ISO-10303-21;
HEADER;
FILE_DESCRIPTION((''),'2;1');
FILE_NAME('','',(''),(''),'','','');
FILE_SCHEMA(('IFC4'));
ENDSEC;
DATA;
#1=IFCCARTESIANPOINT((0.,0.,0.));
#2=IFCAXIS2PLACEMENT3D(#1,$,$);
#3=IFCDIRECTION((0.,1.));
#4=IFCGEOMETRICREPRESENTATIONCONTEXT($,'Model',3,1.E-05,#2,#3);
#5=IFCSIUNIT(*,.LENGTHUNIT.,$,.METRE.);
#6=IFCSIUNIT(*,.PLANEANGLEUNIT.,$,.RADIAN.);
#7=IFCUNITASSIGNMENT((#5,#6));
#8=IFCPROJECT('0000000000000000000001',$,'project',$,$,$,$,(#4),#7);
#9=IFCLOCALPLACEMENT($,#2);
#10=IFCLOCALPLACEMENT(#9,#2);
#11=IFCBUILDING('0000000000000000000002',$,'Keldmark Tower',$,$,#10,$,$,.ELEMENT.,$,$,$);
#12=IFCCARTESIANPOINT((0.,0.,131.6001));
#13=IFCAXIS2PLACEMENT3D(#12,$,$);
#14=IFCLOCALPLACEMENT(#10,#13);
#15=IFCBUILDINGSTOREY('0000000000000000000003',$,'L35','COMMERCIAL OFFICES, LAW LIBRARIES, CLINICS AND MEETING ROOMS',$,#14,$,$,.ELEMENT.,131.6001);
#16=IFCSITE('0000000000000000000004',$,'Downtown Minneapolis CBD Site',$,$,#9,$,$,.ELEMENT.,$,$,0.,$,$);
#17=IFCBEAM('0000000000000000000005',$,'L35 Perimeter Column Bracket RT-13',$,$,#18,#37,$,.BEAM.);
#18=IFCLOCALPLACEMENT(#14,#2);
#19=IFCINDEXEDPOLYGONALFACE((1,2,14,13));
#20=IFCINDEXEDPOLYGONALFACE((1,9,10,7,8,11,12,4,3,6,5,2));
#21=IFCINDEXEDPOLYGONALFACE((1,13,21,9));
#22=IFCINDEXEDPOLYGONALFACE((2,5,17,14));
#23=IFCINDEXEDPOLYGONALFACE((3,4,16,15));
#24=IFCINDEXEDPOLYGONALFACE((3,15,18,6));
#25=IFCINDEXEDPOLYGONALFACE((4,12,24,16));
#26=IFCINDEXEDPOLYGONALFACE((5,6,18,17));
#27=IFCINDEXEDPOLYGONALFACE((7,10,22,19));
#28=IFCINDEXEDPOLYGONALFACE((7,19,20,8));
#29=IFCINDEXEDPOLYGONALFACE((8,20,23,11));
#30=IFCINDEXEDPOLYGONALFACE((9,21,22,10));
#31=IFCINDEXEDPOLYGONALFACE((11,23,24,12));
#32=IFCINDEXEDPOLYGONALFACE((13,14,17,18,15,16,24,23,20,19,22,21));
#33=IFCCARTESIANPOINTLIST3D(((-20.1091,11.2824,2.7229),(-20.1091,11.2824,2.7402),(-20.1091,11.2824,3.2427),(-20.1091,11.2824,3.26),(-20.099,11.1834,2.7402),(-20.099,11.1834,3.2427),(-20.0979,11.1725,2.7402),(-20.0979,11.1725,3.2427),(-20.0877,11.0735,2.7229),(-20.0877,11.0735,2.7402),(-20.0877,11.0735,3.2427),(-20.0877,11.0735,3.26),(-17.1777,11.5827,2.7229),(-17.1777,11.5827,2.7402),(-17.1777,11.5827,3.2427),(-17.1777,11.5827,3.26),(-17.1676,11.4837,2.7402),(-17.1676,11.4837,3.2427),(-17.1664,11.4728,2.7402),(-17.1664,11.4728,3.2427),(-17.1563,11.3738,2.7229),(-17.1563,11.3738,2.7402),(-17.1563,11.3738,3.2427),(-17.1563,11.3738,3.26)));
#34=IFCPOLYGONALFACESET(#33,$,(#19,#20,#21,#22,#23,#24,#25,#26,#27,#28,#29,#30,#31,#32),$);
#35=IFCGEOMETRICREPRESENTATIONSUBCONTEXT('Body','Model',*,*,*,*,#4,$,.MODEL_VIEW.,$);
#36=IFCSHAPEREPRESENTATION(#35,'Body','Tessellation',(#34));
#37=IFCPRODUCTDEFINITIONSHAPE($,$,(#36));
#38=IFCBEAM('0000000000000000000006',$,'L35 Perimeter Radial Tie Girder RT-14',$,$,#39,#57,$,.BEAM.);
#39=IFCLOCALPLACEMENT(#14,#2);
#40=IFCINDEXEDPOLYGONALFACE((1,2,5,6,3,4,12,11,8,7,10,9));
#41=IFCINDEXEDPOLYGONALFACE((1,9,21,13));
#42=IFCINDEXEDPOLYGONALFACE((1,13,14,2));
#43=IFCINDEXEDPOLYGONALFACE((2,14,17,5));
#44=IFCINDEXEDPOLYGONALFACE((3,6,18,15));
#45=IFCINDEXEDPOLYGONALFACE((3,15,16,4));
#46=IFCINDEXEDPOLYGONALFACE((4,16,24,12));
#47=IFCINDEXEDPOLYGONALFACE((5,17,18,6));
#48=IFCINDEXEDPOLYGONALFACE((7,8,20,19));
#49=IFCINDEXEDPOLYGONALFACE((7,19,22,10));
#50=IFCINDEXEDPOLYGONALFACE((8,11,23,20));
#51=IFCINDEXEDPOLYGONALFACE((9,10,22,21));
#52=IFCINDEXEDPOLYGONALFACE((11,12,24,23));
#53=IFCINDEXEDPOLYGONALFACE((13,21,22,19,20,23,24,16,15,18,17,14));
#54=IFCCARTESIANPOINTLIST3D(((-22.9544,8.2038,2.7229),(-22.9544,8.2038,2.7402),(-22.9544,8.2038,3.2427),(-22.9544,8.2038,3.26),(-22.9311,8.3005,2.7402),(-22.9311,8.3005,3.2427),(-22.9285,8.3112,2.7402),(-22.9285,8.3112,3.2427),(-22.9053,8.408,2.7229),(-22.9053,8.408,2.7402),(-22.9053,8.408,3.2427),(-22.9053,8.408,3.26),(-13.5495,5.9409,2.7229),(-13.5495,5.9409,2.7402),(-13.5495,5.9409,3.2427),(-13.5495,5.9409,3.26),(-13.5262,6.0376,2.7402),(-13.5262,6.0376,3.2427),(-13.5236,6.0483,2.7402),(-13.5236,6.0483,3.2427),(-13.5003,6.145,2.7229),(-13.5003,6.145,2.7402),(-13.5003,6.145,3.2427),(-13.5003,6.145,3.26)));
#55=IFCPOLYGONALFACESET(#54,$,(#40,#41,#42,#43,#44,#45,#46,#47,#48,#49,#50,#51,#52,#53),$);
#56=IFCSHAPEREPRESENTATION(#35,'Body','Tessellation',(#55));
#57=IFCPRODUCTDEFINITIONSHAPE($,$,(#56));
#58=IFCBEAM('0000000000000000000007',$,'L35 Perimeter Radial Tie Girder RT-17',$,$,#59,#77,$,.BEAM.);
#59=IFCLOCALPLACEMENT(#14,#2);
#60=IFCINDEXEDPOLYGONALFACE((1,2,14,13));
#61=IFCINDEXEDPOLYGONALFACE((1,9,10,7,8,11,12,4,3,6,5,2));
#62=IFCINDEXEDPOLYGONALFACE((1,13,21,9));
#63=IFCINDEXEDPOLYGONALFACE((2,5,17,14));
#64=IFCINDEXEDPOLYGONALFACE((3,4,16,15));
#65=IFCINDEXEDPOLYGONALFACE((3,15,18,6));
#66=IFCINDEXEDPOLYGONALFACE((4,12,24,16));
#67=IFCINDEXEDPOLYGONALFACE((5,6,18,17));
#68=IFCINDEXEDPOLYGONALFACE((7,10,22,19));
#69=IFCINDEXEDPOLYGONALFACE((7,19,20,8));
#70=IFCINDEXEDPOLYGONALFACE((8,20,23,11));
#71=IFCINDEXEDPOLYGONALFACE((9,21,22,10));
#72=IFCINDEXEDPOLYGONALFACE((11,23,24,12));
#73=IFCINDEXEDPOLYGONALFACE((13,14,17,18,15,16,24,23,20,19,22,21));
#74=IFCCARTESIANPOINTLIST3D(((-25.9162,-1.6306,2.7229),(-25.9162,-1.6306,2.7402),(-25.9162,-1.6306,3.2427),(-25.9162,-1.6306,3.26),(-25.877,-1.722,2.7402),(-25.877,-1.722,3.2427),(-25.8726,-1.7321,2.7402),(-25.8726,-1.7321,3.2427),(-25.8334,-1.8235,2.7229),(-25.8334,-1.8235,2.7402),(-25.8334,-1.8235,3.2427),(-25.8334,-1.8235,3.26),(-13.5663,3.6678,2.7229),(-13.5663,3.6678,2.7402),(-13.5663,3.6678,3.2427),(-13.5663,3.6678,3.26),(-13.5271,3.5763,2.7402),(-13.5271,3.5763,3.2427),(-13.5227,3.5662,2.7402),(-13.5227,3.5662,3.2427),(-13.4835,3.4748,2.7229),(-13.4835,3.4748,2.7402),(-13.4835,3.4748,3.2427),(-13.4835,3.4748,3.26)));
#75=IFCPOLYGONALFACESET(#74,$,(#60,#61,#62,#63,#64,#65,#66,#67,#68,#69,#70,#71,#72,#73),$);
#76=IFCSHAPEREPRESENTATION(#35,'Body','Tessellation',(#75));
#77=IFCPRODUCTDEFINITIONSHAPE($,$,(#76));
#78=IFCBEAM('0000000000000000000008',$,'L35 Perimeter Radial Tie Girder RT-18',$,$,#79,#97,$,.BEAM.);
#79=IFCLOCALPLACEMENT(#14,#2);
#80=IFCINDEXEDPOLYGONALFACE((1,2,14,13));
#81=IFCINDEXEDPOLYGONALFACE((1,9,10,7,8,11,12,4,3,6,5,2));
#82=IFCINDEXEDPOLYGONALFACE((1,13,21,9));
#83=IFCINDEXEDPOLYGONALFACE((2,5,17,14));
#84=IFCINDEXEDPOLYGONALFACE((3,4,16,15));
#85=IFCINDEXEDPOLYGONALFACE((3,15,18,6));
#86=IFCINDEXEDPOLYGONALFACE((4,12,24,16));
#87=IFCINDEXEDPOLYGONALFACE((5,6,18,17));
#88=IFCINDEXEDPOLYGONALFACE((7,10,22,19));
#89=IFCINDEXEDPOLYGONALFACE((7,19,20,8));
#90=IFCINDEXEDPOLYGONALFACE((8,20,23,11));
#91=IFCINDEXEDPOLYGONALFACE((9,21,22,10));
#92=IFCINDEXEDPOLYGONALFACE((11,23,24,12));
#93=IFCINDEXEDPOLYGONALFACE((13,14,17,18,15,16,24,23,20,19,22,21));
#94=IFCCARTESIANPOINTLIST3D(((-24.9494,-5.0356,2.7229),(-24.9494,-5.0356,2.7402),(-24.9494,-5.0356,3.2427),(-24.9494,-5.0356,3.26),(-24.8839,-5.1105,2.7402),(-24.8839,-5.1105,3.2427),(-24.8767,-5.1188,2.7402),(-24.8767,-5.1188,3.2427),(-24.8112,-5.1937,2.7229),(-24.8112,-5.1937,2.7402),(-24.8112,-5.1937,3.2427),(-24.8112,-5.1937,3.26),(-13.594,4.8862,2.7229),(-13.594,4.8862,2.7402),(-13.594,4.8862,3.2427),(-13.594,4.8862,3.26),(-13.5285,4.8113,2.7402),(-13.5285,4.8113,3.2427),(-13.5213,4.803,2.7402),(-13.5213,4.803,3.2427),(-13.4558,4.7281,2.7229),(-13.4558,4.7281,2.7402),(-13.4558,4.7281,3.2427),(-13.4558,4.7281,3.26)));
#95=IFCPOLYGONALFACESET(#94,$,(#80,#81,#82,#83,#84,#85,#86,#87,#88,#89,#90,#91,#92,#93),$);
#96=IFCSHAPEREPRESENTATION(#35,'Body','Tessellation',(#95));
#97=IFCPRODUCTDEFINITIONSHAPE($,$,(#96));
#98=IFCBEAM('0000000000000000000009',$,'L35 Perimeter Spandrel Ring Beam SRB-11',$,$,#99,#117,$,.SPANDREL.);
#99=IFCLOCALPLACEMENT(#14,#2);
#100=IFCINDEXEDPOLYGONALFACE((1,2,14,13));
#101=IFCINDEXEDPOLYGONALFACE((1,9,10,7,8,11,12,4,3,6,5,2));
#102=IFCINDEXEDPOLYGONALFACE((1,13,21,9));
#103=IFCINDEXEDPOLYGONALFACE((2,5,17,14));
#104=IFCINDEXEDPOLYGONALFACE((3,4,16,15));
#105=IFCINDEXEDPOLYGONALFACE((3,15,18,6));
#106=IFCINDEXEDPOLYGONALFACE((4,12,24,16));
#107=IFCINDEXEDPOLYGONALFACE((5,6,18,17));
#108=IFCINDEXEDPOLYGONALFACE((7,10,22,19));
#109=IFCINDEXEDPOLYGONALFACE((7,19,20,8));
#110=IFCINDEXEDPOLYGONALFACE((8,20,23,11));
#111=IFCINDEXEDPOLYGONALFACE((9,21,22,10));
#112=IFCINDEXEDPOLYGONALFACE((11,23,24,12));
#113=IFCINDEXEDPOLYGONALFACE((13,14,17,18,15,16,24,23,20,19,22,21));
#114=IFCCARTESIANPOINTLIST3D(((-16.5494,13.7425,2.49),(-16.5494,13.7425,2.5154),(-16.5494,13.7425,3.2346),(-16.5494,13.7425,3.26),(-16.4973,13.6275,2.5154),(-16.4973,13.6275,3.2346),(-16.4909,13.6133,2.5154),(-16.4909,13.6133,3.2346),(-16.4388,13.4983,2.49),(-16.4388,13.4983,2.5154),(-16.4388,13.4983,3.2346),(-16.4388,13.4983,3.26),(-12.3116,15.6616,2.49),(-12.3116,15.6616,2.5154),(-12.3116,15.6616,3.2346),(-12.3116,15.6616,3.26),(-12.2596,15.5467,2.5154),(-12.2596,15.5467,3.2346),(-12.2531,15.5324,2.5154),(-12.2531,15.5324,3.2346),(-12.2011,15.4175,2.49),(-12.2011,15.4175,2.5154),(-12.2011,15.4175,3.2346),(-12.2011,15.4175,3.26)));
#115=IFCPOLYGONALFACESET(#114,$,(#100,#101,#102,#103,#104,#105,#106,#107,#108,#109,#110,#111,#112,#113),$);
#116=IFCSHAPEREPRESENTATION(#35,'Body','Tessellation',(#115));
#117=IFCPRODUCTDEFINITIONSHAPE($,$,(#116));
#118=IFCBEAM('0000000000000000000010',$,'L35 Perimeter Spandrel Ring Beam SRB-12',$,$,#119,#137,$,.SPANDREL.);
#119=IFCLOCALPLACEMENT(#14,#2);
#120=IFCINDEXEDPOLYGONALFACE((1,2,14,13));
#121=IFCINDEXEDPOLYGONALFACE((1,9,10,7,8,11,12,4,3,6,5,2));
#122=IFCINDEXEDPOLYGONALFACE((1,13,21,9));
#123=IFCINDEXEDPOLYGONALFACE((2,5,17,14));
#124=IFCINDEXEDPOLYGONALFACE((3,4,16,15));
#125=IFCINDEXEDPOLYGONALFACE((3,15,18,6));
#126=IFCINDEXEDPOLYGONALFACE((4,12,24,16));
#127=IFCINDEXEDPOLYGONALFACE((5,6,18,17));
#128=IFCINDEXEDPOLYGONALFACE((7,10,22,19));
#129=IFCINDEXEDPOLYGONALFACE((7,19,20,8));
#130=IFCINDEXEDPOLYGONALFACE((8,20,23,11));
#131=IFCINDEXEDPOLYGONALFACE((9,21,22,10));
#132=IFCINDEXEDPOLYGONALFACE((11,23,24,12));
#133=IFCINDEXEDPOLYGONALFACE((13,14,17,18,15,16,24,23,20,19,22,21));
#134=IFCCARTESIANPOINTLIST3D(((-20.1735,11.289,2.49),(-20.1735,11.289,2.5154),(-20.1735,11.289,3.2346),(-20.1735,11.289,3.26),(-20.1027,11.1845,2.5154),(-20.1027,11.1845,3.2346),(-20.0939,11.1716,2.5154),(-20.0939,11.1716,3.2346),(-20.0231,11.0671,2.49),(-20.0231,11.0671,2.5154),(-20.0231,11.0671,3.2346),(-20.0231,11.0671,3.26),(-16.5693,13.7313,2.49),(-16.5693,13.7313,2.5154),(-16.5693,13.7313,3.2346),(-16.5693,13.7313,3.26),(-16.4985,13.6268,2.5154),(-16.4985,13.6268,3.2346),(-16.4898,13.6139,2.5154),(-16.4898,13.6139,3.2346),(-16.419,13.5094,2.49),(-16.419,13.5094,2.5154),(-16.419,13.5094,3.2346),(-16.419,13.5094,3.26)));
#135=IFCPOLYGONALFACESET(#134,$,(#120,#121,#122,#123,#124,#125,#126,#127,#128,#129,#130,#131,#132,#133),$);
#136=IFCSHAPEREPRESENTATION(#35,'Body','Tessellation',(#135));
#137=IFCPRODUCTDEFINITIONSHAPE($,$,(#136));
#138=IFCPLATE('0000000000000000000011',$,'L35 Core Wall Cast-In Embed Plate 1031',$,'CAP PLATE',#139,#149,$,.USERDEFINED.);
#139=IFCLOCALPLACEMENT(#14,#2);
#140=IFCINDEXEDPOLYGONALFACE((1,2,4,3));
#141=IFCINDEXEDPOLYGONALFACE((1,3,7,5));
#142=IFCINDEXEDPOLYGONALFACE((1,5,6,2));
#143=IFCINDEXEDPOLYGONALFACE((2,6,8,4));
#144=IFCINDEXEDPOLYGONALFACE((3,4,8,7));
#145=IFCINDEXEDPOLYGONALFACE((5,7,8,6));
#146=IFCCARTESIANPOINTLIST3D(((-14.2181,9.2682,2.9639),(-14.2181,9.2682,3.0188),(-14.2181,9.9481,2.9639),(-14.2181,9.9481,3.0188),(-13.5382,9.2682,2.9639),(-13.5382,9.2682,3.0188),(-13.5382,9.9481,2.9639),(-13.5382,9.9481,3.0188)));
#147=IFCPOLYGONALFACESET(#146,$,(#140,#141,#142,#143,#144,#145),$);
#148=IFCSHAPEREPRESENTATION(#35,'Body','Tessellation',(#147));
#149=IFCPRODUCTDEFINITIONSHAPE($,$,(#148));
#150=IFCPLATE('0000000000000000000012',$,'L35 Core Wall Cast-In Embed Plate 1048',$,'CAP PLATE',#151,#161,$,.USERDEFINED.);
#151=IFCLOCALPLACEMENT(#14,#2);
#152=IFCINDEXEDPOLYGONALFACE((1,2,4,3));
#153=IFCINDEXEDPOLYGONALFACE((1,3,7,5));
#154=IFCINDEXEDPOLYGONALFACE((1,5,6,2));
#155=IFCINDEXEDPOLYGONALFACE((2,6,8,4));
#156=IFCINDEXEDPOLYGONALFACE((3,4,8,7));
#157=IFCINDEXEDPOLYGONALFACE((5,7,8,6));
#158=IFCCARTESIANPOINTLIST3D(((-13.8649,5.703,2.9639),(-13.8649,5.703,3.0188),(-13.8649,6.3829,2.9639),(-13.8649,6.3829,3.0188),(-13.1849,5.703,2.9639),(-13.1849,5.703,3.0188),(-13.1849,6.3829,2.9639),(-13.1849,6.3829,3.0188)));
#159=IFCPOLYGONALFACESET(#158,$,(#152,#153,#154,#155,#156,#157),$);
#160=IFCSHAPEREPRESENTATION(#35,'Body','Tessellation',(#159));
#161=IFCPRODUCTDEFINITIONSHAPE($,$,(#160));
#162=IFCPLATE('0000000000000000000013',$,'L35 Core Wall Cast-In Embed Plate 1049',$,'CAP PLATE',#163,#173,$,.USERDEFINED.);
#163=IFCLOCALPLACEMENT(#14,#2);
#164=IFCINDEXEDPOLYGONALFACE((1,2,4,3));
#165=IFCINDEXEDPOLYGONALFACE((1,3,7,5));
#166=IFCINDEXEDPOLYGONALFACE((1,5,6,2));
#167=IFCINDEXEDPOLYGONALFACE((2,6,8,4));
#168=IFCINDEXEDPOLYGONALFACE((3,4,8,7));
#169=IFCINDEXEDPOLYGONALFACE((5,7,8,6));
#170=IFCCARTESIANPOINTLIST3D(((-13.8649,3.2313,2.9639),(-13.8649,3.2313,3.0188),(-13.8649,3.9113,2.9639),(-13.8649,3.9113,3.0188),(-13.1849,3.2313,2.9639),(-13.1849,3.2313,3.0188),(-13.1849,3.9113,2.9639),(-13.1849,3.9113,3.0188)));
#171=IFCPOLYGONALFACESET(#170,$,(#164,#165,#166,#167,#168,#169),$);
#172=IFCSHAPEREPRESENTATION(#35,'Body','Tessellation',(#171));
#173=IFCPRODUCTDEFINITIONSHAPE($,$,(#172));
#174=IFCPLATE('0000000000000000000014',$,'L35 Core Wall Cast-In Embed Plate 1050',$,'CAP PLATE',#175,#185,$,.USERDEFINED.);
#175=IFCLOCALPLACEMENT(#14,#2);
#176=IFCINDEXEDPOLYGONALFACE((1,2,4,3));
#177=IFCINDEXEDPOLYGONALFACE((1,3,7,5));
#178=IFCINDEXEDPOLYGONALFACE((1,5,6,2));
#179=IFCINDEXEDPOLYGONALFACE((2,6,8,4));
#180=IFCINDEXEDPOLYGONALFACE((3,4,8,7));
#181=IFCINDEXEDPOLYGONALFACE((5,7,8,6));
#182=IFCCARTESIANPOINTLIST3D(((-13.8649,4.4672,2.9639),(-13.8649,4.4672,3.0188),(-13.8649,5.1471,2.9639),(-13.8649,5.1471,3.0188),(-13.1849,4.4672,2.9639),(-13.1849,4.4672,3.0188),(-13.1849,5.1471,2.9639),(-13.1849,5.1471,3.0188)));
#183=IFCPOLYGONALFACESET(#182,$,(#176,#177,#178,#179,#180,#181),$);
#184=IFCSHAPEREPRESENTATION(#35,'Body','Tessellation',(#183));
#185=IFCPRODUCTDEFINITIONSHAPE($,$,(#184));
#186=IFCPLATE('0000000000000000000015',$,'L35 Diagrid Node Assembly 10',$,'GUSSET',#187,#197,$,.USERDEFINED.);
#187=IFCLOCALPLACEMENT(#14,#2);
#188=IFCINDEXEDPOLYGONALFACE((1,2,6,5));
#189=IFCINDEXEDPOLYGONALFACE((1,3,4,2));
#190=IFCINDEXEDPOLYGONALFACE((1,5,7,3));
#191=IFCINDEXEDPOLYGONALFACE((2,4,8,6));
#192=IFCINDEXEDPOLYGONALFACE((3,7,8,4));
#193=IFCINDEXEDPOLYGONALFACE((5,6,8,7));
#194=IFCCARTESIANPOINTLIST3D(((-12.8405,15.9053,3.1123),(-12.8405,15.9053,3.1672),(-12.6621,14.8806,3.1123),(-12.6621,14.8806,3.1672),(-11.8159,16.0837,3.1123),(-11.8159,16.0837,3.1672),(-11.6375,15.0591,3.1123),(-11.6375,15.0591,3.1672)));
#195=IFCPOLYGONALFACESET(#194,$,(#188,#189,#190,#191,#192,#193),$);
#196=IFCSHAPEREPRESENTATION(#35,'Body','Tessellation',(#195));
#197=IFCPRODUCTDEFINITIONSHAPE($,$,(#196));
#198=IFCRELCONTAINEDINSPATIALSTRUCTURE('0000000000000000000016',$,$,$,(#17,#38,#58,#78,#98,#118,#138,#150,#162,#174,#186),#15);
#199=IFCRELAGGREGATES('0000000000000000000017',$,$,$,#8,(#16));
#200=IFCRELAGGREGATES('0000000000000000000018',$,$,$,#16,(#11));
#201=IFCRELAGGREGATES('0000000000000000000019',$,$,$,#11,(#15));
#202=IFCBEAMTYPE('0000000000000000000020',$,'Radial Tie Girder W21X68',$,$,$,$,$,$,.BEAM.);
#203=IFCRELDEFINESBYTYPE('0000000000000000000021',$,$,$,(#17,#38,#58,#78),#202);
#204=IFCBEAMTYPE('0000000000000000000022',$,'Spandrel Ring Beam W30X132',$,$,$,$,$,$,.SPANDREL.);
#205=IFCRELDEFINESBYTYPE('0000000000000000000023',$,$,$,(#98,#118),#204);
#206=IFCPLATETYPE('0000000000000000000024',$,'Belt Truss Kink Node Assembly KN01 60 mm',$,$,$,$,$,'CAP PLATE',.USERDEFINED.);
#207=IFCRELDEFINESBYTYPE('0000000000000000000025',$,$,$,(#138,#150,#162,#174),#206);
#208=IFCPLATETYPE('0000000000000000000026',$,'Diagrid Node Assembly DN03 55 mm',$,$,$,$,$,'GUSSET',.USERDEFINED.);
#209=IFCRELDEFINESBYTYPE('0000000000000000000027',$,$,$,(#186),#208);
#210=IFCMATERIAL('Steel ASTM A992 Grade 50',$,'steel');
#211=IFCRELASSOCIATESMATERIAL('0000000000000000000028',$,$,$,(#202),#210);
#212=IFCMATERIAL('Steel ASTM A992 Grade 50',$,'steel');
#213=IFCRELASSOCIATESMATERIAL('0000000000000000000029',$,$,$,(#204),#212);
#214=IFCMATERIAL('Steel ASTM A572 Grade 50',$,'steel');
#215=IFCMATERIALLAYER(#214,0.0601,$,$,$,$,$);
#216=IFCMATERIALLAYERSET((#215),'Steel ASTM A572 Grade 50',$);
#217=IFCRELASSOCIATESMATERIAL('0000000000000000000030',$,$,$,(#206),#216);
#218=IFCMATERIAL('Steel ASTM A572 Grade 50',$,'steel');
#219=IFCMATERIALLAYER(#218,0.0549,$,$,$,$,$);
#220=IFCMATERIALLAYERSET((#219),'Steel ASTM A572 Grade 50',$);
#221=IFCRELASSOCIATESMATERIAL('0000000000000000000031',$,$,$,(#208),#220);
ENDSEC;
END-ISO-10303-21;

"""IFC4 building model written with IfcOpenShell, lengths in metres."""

from ifc_helpers import new_model, si_unit, direction, frame, origin, origin_2d, place, context, subcontext, project, spatial, rectangle, i_section, extrude, material, layer, layer_set, material_profile, profile_set, type_object, element, save


model = new_model("IFC4")

# Units and contexts
model_context = context("Model", 3, precision=1e-05, world=origin(), true_north=direction((0.0, 1.0)))
body_context = subcontext(model_context, "Body", "Model", "MODEL_VIEW")
ifc_project = project(units=[si_unit("LENGTHUNIT", "METRE"), si_unit("PLANEANGLEUNIT", "RADIAN")], contexts=[model_context])

# Site, building, storey
site_placement = place(None, origin())
site = spatial("IfcSite", under=ifc_project, at=site_placement, Name="Downtown Minneapolis CBD Site", CompositionType="ELEMENT", RefElevation=0.0)
building_placement = place(site_placement, origin())
building = spatial("IfcBuilding", under=site, at=building_placement, Name="Keldmark Tower", CompositionType="ELEMENT")
storey_placement = place(building_placement, frame((0.0, 0.0, 131.6001)))
storey = spatial("IfcBuildingStorey", under=building, at=storey_placement, Name="L35", Description="COMMERCIAL OFFICES, LAW LIBRARIES, CLINICS AND MEETING ROOMS", CompositionType="ELEMENT", Elevation=131.6001)

# Beams
ifc_material_1 = material(Name="Steel ASTM A992 Grade 50", Category="steel")
ifc_material_profile_1 = material_profile(ifc_material_1, i_section(OverallWidth=0.21, OverallDepth=0.5371, WebThickness=0.011, FlangeThickness=0.0173, at=origin_2d()), Name="W21X68")
ifc_profile_set_1 = profile_set([ifc_material_profile_1], Name="Steel ASTM A992 Grade 50")
beam_type_1 = type_object("IfcBeamType", Name="Radial Tie Girder W21X68", PredefinedType="BEAM", material=ifc_profile_set_1)
beam_1_placement = place(storey_placement, frame((-17.167, 11.4783, 2.9915), z_axis=(-0.994794, -0.101907, 0.0), x_axis=(0.101907, -0.994794, 0.0)))
element("IfcBeam", 1, at=beam_1_placement, inside=storey, type_object=beam_type_1, Name="L35 Perimeter Column Bracket RT-13", PredefinedType="BEAM", context=body_context, shape_type="SweptSolid", body=[
    extrude(i_section(OverallWidth=0.21, OverallDepth=0.5371, WebThickness=0.011, FlangeThickness=0.0173, at=origin_2d()), origin(), (0.0, 0.0, 1.0), 2.9468),
])
beam_2_placement = place(storey_placement, frame((-13.5249, 6.043, 2.9915), z_axis=(-0.972253, 0.233933, 0.0), x_axis=(-0.233933, -0.972253, 0.0)))
element("IfcBeam", 2, at=beam_2_placement, inside=storey, type_object=beam_type_1, Name="L35 Perimeter Radial Tie Girder RT-14", PredefinedType="BEAM", context=body_context, shape_type="SweptSolid", body=[
    extrude(i_section(OverallWidth=0.21, OverallDepth=0.5371, WebThickness=0.011, FlangeThickness=0.0173, at=origin_2d()), origin(), (0.0, 0.0, 1.0), 9.6733),
])
beam_3_placement = place(storey_placement, frame((-13.5249, 3.5713, 2.9915), z_axis=(-0.918996, -0.394268, 0.0), x_axis=(0.394268, -0.918996, 0.0)))
element("IfcBeam", 3, at=beam_3_placement, inside=storey, type_object=beam_type_1, Name="L35 Perimeter Radial Tie Girder RT-17", PredefinedType="BEAM", context=body_context, shape_type="SweptSolid", body=[
    extrude(i_section(OverallWidth=0.21, OverallDepth=0.5371, WebThickness=0.011, FlangeThickness=0.0173, at=origin_2d()), origin(), (0.0, 0.0, 1.0), 13.4385),
])
beam_4_placement = place(storey_placement, frame((-13.5249, 4.8071, 2.9915), z_axis=(-0.753042, -0.657973, 0.0), x_axis=(0.657973, -0.753042, 0.0)))
element("IfcBeam", 4, at=beam_4_placement, inside=storey, type_object=beam_type_1, Name="L35 Perimeter Radial Tie Girder RT-18", PredefinedType="BEAM", context=body_context, shape_type="SweptSolid", body=[
    extrude(i_section(OverallWidth=0.21, OverallDepth=0.5371, WebThickness=0.011, FlangeThickness=0.0173, at=origin_2d()), origin(), (0.0, 0.0, 1.0), 15.0793),
])
ifc_material_2 = material(Name="Steel ASTM A992 Grade 50", Category="steel")
ifc_material_profile_2 = material_profile(ifc_material_2, i_section(OverallWidth=0.2681, OverallDepth=0.77, WebThickness=0.0156, FlangeThickness=0.0254, at=origin_2d()), Name="W30X132")
ifc_profile_set_2 = profile_set([ifc_material_profile_2], Name="Steel ASTM A992 Grade 50")
beam_type_2 = type_object("IfcBeamType", Name="Spandrel Ring Beam W30X132", PredefinedType="SPANDREL", material=ifc_profile_set_2)
beam_5_placement = place(storey_placement, frame((-12.2563, 15.5396, 2.875), z_axis=(-0.910939, -0.412541, 0.0), x_axis=(0.412541, -0.910939, 0.0)))
element("IfcBeam", 5, at=beam_5_placement, inside=storey, type_object=beam_type_2, Name="L35 Perimeter Spandrel Ring Beam SRB-11", PredefinedType="SPANDREL", context=body_context, shape_type="SweptSolid", body=[
    extrude(i_section(OverallWidth=0.2681, OverallDepth=0.77, WebThickness=0.0156, FlangeThickness=0.0254, at=origin_2d()), origin(), (0.0, 0.0, 1.0), 4.6521),
])
beam_6_placement = place(storey_placement, frame((-16.4941, 13.6204, 2.875), z_axis=(-0.827834, -0.560973, 0.0), x_axis=(0.560973, -0.827834, 0.0)))
element("IfcBeam", 6, at=beam_6_placement, inside=storey, type_object=beam_type_2, Name="L35 Perimeter Spandrel Ring Beam SRB-12", PredefinedType="SPANDREL", context=body_context, shape_type="SweptSolid", body=[
    extrude(i_section(OverallWidth=0.2681, OverallDepth=0.77, WebThickness=0.0156, FlangeThickness=0.0254, at=origin_2d()), origin(), (0.0, 0.0, 1.0), 4.3538),
])

# Plates
ifc_material_3 = material(Name="Steel ASTM A572 Grade 50", Category="steel")
ifc_layer_1 = layer(ifc_material_3, 0.0601)
ifc_layer_set_1 = layer_set([ifc_layer_1], Name="Steel ASTM A572 Grade 50")
plate_type_1 = type_object("IfcPlateType", Name="Belt Truss Kink Node Assembly KN01 60 mm", ElementType="CAP PLATE", PredefinedType="USERDEFINED", material=ifc_layer_set_1)
for number, where, z_axis, x_axis, name in (
    (7, (-13.8782, 9.6082, 2.9639), (0.0, 0.0, 1.0), (1.0, 0.0, 0.0), "L35 Core Wall Cast-In Embed Plate 1031"),
    (8, (-13.5249, 6.043, 2.9639), (0.0, 0.0, 1.0), (1.0, 0.0, 0.0), "L35 Core Wall Cast-In Embed Plate 1048"),
    (9, (-13.5249, 3.5713, 2.9639), (0.0, 0.0, 1.0), (1.0, 0.0, 0.0), "L35 Core Wall Cast-In Embed Plate 1049"),
    (10, (-13.5249, 4.8071, 2.9639), (0.0, 0.0, 1.0), (1.0, 0.0, 0.0), "L35 Core Wall Cast-In Embed Plate 1050"),
):
    element("IfcPlate", number, at=place(storey_placement, frame(where, z_axis=z_axis, x_axis=x_axis)), inside=storey, type_object=plate_type_1, Name=name, ObjectType="CAP PLATE", PredefinedType="USERDEFINED", context=body_context, shape_type="SweptSolid", body=[
        extrude(rectangle(XDim=0.6799, YDim=0.6799, at=origin_2d()), origin(), (0.0, 0.0, 1.0), 0.0549),
    ])
ifc_material_4 = material(Name="Steel ASTM A572 Grade 50", Category="steel")
ifc_layer_2 = layer(ifc_material_4, 0.0549)
ifc_layer_set_2 = layer_set([ifc_layer_2], Name="Steel ASTM A572 Grade 50")
plate_type_2 = type_object("IfcPlateType", Name="Diagrid Node Assembly DN03 55 mm", ElementType="GUSSET", PredefinedType="USERDEFINED", material=ifc_layer_set_2)
plate_placement = place(storey_placement, frame((-12.239, 15.4822, 3.1123), z_axis=(0.0, 0.0, 1.0), x_axis=(-0.985169, -0.171585, 0.0)))
element("IfcPlate", 11, at=plate_placement, inside=storey, type_object=plate_type_2, Name="L35 Diagrid Node Assembly 10", ObjectType="GUSSET", PredefinedType="USERDEFINED", context=body_context, shape_type="SweptSolid", body=[
    extrude(rectangle(XDim=1.04, YDim=1.04, at=origin_2d()), origin(), (0.0, 0.0, 1.0), 0.0549),
])

save(model, "model.ifc")
